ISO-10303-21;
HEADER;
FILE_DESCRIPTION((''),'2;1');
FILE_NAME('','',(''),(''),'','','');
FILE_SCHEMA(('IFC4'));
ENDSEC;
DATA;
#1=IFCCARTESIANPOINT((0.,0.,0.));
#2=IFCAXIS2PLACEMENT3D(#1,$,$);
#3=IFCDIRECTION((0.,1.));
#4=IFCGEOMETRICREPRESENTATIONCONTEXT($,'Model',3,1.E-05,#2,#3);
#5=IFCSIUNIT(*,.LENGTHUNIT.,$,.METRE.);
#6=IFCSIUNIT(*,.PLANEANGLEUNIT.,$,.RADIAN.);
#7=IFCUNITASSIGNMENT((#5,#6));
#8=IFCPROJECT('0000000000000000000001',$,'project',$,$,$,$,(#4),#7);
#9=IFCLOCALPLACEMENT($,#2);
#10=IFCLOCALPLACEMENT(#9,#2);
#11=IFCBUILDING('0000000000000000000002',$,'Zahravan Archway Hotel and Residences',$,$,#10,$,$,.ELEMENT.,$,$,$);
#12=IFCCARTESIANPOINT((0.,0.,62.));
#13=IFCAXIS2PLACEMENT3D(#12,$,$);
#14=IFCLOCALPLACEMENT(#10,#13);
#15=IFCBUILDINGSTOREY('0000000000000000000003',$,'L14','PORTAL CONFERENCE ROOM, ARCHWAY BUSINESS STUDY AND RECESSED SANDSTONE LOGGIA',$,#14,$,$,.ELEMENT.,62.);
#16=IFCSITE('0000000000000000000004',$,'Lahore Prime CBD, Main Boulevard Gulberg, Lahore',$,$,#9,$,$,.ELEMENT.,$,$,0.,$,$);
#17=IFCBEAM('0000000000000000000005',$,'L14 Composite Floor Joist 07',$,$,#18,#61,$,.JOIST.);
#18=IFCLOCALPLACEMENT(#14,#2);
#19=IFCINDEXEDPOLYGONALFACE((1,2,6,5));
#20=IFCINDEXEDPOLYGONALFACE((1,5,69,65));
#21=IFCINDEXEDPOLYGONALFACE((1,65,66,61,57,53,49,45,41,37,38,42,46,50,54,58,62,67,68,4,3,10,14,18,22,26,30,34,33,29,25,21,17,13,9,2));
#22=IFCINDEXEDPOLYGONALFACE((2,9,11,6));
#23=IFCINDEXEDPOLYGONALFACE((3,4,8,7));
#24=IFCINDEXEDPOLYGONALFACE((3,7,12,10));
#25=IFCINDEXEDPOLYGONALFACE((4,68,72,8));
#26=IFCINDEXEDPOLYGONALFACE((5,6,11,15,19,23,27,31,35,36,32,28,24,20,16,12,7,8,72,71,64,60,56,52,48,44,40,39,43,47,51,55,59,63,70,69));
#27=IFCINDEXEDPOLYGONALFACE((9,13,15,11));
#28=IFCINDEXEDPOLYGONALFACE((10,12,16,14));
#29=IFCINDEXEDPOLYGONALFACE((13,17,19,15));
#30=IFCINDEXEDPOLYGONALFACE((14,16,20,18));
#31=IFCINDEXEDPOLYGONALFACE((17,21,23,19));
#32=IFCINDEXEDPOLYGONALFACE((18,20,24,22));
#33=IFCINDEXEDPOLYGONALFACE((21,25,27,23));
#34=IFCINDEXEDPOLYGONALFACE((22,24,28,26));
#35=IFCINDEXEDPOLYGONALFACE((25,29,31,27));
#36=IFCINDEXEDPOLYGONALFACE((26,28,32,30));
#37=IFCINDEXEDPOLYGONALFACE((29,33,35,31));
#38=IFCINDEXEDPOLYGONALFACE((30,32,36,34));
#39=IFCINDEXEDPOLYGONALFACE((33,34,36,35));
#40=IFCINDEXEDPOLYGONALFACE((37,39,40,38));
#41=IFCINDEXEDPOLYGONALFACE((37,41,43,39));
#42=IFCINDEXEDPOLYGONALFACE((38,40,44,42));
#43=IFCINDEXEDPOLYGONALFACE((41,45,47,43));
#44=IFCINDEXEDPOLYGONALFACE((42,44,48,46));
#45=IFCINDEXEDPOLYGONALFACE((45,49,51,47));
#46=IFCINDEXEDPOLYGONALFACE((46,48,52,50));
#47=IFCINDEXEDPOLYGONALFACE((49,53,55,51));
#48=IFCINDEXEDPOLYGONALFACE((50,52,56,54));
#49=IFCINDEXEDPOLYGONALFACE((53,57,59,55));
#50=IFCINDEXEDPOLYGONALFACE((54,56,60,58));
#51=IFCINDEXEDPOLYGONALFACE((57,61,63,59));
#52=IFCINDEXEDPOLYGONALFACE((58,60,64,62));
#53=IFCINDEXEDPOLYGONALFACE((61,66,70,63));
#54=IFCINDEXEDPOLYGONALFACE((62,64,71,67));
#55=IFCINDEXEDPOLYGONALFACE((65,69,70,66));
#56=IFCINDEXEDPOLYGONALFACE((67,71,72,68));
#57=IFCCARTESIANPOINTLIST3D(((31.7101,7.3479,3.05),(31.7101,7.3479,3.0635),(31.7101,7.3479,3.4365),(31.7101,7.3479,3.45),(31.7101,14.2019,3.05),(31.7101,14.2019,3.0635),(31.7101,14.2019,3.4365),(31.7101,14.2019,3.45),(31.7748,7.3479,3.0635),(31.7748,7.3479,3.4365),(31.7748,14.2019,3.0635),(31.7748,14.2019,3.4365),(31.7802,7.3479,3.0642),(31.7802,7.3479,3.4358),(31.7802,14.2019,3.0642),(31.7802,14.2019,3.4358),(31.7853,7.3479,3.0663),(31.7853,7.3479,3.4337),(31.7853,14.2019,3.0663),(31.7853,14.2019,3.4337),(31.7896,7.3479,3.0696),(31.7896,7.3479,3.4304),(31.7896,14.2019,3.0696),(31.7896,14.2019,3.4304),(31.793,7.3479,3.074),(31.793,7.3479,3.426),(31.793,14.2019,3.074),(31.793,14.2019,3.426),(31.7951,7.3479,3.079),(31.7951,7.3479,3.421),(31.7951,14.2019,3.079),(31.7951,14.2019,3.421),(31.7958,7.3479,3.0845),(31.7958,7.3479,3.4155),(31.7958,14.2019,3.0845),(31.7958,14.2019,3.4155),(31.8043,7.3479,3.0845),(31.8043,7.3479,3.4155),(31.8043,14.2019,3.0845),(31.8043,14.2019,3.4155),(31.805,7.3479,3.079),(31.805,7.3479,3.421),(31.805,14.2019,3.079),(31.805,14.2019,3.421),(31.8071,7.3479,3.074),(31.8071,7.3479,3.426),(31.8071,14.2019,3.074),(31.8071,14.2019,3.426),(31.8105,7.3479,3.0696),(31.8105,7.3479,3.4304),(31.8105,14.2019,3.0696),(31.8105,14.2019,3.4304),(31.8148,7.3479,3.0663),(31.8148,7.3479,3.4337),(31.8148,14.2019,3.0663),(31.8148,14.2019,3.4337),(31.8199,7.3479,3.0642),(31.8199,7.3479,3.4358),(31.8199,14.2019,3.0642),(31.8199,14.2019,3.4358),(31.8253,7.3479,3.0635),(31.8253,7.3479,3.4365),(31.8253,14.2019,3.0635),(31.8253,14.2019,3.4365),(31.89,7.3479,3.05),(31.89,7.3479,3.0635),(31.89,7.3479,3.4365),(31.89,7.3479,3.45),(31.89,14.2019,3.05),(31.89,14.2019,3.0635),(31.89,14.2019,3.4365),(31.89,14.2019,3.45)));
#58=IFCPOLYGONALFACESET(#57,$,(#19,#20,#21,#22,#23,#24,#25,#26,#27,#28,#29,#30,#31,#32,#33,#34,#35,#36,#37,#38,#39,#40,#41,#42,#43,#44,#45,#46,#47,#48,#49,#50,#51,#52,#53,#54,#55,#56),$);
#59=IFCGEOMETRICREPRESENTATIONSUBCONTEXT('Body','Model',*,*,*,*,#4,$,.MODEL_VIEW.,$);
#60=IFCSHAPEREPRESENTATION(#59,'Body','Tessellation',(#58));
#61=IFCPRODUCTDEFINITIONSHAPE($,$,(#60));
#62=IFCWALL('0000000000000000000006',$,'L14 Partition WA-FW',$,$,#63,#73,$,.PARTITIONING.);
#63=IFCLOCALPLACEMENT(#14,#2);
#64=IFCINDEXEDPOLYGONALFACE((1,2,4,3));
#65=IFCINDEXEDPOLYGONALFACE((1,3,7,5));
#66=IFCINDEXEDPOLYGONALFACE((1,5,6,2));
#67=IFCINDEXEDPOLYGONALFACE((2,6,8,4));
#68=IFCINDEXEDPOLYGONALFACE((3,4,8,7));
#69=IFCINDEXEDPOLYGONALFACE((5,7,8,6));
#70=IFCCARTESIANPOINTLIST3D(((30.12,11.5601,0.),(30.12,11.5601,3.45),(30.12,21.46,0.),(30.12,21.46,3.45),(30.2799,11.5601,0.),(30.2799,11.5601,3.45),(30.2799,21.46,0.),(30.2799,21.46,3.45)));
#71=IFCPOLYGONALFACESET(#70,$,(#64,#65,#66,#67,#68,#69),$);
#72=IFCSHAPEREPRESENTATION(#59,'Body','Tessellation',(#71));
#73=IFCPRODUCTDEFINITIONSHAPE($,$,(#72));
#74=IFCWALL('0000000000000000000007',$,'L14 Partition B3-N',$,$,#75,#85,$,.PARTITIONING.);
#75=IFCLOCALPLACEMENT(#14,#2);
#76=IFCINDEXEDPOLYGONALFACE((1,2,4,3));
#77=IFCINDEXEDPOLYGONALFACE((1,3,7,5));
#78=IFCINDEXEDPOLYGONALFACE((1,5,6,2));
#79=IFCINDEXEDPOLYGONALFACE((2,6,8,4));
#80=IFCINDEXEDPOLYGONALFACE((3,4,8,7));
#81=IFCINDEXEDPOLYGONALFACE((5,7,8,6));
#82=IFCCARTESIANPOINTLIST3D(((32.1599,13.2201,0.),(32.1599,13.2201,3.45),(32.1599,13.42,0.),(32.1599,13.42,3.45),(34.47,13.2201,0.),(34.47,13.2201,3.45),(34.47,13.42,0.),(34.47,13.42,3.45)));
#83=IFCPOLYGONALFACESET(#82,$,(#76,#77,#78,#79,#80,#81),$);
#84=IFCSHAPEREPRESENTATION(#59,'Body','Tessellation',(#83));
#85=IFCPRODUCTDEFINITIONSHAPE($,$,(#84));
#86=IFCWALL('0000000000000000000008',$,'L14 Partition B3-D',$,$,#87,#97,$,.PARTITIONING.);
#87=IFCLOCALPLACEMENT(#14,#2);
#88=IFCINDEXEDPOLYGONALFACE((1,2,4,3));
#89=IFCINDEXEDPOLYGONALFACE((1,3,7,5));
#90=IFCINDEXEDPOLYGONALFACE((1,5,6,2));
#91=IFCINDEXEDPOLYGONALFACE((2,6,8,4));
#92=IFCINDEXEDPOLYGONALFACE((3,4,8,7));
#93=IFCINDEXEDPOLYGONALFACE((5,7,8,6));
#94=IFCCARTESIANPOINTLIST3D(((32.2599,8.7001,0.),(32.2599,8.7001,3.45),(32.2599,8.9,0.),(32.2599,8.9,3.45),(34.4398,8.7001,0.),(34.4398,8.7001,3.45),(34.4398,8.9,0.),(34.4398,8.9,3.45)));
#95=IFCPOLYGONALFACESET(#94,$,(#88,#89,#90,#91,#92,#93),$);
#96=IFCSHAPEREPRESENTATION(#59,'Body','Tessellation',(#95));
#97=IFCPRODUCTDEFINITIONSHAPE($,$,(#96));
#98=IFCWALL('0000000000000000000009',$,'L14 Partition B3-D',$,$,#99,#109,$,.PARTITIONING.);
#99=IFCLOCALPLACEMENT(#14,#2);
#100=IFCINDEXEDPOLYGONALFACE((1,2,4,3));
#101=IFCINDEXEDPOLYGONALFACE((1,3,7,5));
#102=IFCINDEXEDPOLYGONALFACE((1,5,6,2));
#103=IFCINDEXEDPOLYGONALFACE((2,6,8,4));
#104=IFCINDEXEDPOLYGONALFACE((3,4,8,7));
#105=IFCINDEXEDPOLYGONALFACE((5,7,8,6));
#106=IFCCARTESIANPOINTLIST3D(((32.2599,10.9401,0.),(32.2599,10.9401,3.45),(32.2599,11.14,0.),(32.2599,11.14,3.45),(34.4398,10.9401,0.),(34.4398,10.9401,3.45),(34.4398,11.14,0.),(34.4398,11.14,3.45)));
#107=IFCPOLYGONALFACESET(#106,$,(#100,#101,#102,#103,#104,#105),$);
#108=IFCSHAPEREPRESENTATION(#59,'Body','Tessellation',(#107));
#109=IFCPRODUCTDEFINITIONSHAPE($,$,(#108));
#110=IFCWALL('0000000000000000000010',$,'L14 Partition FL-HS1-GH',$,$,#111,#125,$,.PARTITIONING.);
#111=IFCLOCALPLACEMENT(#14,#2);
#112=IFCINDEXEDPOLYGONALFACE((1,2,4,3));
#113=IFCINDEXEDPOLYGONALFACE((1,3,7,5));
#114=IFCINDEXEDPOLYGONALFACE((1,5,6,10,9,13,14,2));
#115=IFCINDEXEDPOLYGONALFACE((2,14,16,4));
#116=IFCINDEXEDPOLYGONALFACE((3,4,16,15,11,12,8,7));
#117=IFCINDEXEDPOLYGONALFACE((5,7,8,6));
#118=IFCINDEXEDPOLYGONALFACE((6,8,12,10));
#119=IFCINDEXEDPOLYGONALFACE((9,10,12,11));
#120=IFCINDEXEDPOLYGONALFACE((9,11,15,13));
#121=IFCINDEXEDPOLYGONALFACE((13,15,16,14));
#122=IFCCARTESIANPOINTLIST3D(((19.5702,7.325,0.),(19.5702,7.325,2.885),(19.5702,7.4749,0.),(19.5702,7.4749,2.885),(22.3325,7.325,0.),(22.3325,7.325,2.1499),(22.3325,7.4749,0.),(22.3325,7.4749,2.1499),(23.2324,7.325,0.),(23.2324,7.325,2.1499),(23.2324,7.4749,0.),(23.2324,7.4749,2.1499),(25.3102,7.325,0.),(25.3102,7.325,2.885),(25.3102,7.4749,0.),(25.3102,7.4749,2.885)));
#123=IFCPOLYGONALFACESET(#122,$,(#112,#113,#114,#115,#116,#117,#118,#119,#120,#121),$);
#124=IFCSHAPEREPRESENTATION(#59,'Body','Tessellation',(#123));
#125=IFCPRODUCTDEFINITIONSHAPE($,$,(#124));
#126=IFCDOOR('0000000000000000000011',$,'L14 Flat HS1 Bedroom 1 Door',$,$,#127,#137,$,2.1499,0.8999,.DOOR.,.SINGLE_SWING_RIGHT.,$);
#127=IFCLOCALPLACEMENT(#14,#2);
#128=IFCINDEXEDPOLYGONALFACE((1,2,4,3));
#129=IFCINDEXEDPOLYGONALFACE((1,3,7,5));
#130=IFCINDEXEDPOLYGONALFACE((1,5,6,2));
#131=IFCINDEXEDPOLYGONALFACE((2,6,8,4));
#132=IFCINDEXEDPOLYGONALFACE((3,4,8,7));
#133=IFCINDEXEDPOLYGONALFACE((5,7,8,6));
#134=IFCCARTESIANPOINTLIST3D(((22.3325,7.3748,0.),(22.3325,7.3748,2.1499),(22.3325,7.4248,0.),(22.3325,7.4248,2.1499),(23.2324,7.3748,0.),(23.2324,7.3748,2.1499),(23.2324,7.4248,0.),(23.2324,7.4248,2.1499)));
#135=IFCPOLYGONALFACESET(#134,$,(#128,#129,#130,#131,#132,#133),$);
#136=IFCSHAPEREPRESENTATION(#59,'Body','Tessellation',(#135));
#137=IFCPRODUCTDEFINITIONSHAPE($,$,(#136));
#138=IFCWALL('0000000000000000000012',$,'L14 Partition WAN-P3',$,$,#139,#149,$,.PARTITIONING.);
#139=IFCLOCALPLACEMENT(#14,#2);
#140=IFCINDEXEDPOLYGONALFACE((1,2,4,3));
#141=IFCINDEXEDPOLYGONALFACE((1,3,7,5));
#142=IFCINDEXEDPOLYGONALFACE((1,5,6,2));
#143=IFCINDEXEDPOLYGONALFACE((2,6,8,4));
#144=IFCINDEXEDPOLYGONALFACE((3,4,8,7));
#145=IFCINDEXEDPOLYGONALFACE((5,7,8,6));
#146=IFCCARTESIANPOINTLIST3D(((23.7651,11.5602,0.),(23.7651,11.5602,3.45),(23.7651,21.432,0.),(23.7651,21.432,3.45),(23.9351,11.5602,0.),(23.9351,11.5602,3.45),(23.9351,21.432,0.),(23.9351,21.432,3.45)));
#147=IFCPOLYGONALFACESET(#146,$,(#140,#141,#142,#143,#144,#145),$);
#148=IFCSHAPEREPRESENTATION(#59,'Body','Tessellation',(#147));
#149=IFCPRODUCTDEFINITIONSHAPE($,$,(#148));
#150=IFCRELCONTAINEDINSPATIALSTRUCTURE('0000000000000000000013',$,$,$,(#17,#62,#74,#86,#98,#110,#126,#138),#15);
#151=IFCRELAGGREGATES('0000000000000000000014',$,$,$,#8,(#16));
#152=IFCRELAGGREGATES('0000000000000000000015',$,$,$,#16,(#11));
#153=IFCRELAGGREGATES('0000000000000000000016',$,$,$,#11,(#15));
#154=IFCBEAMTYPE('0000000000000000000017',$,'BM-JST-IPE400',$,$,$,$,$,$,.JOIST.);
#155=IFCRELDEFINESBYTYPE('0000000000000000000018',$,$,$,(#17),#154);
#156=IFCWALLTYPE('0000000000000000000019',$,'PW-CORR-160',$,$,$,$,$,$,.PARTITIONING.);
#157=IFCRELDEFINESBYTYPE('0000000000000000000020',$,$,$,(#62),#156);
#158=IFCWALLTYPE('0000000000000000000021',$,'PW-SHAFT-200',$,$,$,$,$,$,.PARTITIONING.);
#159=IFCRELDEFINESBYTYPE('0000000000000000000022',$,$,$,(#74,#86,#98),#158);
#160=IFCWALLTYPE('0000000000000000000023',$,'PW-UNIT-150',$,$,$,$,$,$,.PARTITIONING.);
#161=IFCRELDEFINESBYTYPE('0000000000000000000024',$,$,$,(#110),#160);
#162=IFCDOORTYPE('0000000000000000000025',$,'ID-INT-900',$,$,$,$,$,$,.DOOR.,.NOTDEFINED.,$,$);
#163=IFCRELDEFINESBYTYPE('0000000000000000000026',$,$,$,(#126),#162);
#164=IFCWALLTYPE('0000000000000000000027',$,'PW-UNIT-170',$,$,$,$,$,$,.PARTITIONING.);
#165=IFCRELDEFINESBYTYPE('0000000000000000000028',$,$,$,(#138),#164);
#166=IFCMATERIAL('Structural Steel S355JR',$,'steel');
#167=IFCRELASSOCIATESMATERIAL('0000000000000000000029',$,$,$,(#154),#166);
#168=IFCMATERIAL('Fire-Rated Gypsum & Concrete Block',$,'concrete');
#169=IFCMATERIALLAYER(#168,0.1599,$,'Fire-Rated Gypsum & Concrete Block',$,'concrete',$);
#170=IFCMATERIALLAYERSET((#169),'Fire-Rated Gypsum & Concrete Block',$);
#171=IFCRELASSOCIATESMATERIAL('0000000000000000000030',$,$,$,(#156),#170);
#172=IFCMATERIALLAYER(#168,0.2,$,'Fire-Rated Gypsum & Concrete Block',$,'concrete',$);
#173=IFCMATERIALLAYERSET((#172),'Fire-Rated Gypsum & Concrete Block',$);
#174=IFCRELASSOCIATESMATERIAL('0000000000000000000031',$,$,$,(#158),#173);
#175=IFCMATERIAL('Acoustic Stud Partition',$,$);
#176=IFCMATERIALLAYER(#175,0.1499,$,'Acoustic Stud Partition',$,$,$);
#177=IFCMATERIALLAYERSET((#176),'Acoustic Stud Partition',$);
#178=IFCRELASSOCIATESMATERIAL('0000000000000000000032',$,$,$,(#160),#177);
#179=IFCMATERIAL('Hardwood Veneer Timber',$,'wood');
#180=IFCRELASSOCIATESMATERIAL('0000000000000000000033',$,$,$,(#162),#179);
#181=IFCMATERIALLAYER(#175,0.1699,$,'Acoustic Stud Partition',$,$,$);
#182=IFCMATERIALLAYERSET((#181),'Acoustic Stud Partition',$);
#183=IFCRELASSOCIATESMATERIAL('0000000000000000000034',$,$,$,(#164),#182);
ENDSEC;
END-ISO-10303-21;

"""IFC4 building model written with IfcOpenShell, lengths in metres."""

from ifc_helpers import new_model, si_unit, direction, frame, frame_2d, origin, origin_2d, place, context, subcontext, project, spatial, rectangle, i_section, extrude, source, transform, mapped, material, layer, layer_set, material_profile, profile_set, type_object, type_shapes, element, fill, save


model = new_model("IFC4")

# Units and contexts
model_context = context("Model", 3, precision=1e-05, world=origin(), true_north=direction((0.0, 1.0)))
body_context = subcontext(model_context, "Body", "Model", "MODEL_VIEW")
ifc_project = project(units=[si_unit("LENGTHUNIT", "METRE"), si_unit("PLANEANGLEUNIT", "RADIAN")], contexts=[model_context])

# Site, building, storey
site_placement = place(None, origin())
site = spatial("IfcSite", under=ifc_project, at=site_placement, Name="Lahore Prime CBD, Main Boulevard Gulberg, Lahore", CompositionType="ELEMENT", RefElevation=0.0)
building_placement = place(site_placement, origin())
building = spatial("IfcBuilding", under=site, at=building_placement, Name="Zahravan Archway Hotel and Residences", CompositionType="ELEMENT")
storey_placement = place(building_placement, frame((0.0, 0.0, 62.0)))
storey = spatial("IfcBuildingStorey", under=building, at=storey_placement, Name="L14", Description="PORTAL CONFERENCE ROOM, ARCHWAY BUSINESS STUDY AND RECESSED SANDSTONE LOGGIA", CompositionType="ELEMENT", Elevation=62.0)

# Beam
ifc_material_1 = material(Name="Structural Steel S355JR", Category="steel")
ifc_material_profile_1 = material_profile(ifc_material_1, i_section(OverallWidth=0.1799, OverallDepth=0.3999, WebThickness=0.0085, FlangeThickness=0.0134, FilletRadius=0.021, at=origin_2d()), Name="IPE 400", Category="steel")
ifc_profile_set_1 = profile_set([ifc_material_profile_1], Name="Structural Steel S355JR")
beam_type_1 = type_object("IfcBeamType", Name="BM-JST-IPE400", PredefinedType="JOIST", material=ifc_profile_set_1)
shared_shape_1 = source(origin(), body_context, "Body", "SweptSolid", [
    extrude(i_section(OverallWidth=0.1799, OverallDepth=0.3999, WebThickness=0.0085, FlangeThickness=0.0134, FilletRadius=0.021, at=origin_2d()), origin(), (0.0, 0.0, 1.0), 6.854),
])
beam_1_placement = place(storey_placement, frame((31.8, 7.3479, 3.25), z_axis=(0.0, 1.0, 0.0), x_axis=(-1.0, 0.0, 0.0)))
element("IfcBeam", 1, at=beam_1_placement, inside=storey, type_object=beam_type_1, Name="L14 Composite Floor Joist 07", PredefinedType="JOIST", context=body_context, shape_type="MappedRepresentation", body=[
    mapped(shared_shape_1, transform((0.0, 0.0, 0.0), scale=1.0)),
])

# Walls
ifc_material_2 = material(Name="Fire-Rated Gypsum & Concrete Block", Category="concrete")
ifc_layer_1 = layer(ifc_material_2, 0.1599, Name="Fire-Rated Gypsum & Concrete Block", Category="concrete")
ifc_layer_set_1 = layer_set([ifc_layer_1], Name="Fire-Rated Gypsum & Concrete Block")
wall_type_1 = type_object("IfcWallType", Name="PW-CORR-160", PredefinedType="PARTITIONING", material=ifc_layer_set_1)
wall_1_placement = place(storey_placement, frame((30.2, 11.5601, 0.0), z_axis=(0.0, 0.0, 1.0), x_axis=(0.0, 1.0, 0.0)))
element("IfcWall", 2, at=wall_1_placement, inside=storey, type_object=wall_type_1, Name="L14 Partition WA-FW", PredefinedType="PARTITIONING", context=body_context, shape_type="SweptSolid", body=[
    extrude(rectangle(XDim=9.8999, YDim=0.1599, at=frame_2d((4.95, 0.0))), origin(), (0.0, 0.0, 1.0), 3.45),
])
ifc_layer_2 = layer(ifc_material_2, 0.2, Name="Fire-Rated Gypsum & Concrete Block", Category="concrete")
ifc_layer_set_2 = layer_set([ifc_layer_2], Name="Fire-Rated Gypsum & Concrete Block")
wall_type_2 = type_object("IfcWallType", Name="PW-SHAFT-200", PredefinedType="PARTITIONING", material=ifc_layer_set_2)
wall_2_placement = place(storey_placement, frame((32.1599, 13.3201, 0.0), z_axis=(0.0, 0.0, 1.0), x_axis=(1.0, 0.0, 0.0)))
element("IfcWall", 3, at=wall_2_placement, inside=storey, type_object=wall_type_2, Name="L14 Partition B3-N", PredefinedType="PARTITIONING", context=body_context, shape_type="SweptSolid", body=[
    extrude(rectangle(XDim=2.3101, YDim=0.2, at=frame_2d((1.155, 0.0))), origin(), (0.0, 0.0, 1.0), 3.45),
])
for number, where, z_axis, x_axis, name in (
    (4, (32.26, 8.8, 0.0), (0.0, 0.0, 1.0), (1.0, 0.0, 0.0), "L14 Partition B3-D"),
    (5, (32.26, 11.04, 0.0), (0.0, 0.0, 1.0), (1.0, 0.0, 0.0), "L14 Partition B3-D"),
):
    element("IfcWall", number, at=place(storey_placement, frame(where, z_axis=z_axis, x_axis=x_axis)), inside=storey, type_object=wall_type_2, Name=name, PredefinedType="PARTITIONING", context=body_context, shape_type="SweptSolid", body=[
        extrude(rectangle(XDim=2.1799, YDim=0.2, at=frame_2d((1.0898, 0.0))), origin(), (0.0, 0.0, 1.0), 3.45),
    ])

# Wall, opening, door
ifc_material_3 = material(Name="Acoustic Stud Partition")
ifc_layer_3 = layer(ifc_material_3, 0.1499, Name="Acoustic Stud Partition")
ifc_layer_set_3 = layer_set([ifc_layer_3], Name="Acoustic Stud Partition")
wall_type_3 = type_object("IfcWallType", Name="PW-UNIT-150", PredefinedType="PARTITIONING", material=ifc_layer_set_3)
wall_3_placement = place(storey_placement, frame((19.5701, 7.3999, 0.0), z_axis=(0.0, 0.0, 1.0), x_axis=(1.0, 0.0, 0.0)))
wall_3 = element("IfcWall", 6, at=wall_3_placement, inside=storey, type_object=wall_type_3, Name="L14 Partition FL-HS1-GH", PredefinedType="PARTITIONING", context=body_context, shape_type="SweptSolid", body=[
    extrude(rectangle(XDim=5.74, YDim=0.1499, at=frame_2d((2.8701, 0.0))), origin(), (0.0, 0.0, 1.0), 2.885),
])
opening_1_placement = place(wall_3_placement, frame((2.7625, 0.0, 0.0)))
opening_1 = element("IfcOpeningElement", 7, at=opening_1_placement, cuts=wall_3, PredefinedType="OPENING", context=body_context, shape_type="SweptSolid", body=[
    extrude(rectangle(XDim=0.8999, YDim=2.1499, at=frame_2d((0.45, 1.075))), frame((0.0, 0.085, 0.0), z_axis=(0.0, -1.0, 0.0), x_axis=(1.0, 0.0, 0.0)), (0.0, 0.0, 1.0), 0.1699),
])
ifc_material_4 = material(Name="Hardwood Veneer Timber", Category="wood")
door_type_1 = type_object("IfcDoorType", Name="ID-INT-900", OperationType="NOTDEFINED", PredefinedType="DOOR", material=ifc_material_4)
shared_shape_2 = source(origin(), body_context, "Body", "SweptSolid", [
    extrude(rectangle(XDim=0.8999, YDim=2.1499, at=frame_2d((0.45, 1.075))), frame((0.0, 0.0249, 0.0), z_axis=(0.0, -1.0, 0.0), x_axis=(1.0, 0.0, 0.0)), (0.0, 0.0, 1.0), 0.05),
])
type_shapes(door_type_1, [shared_shape_2])
door_1_placement = place(opening_1_placement, origin())
door_1 = element("IfcDoor", 8, at=door_1_placement, inside=storey, type_object=door_type_1, Name="L14 Flat HS1 Bedroom 1 Door", OperationType="SINGLE_SWING_RIGHT", OverallHeight=2.1499, OverallWidth=0.8999, PredefinedType="DOOR", context=body_context, shape_type="MappedRepresentation", body=[
    mapped(shared_shape_2, transform((0.0, 0.0, 0.0), scale=1.0)),
])
fill(opening_1, door_1)

# Wall
ifc_layer_4 = layer(ifc_material_3, 0.1699, Name="Acoustic Stud Partition")
ifc_layer_set_4 = layer_set([ifc_layer_4], Name="Acoustic Stud Partition")
wall_type_4 = type_object("IfcWallType", Name="PW-UNIT-170", PredefinedType="PARTITIONING", material=ifc_layer_set_4)
wall_4_placement = place(storey_placement, frame((23.8501, 11.5601, 0.0), z_axis=(0.0, 0.0, 1.0), x_axis=(0.0, 1.0, 0.0)))
element("IfcWall", 9, at=wall_4_placement, inside=storey, type_object=wall_type_4, Name="L14 Partition WAN-P3", PredefinedType="PARTITIONING", context=body_context, shape_type="SweptSolid", body=[
    extrude(rectangle(XDim=9.8718, YDim=0.1699, at=frame_2d((4.936, 0.0))), origin(), (0.0, 0.0, 1.0), 3.45),
])

save(model, "model.ifc")
